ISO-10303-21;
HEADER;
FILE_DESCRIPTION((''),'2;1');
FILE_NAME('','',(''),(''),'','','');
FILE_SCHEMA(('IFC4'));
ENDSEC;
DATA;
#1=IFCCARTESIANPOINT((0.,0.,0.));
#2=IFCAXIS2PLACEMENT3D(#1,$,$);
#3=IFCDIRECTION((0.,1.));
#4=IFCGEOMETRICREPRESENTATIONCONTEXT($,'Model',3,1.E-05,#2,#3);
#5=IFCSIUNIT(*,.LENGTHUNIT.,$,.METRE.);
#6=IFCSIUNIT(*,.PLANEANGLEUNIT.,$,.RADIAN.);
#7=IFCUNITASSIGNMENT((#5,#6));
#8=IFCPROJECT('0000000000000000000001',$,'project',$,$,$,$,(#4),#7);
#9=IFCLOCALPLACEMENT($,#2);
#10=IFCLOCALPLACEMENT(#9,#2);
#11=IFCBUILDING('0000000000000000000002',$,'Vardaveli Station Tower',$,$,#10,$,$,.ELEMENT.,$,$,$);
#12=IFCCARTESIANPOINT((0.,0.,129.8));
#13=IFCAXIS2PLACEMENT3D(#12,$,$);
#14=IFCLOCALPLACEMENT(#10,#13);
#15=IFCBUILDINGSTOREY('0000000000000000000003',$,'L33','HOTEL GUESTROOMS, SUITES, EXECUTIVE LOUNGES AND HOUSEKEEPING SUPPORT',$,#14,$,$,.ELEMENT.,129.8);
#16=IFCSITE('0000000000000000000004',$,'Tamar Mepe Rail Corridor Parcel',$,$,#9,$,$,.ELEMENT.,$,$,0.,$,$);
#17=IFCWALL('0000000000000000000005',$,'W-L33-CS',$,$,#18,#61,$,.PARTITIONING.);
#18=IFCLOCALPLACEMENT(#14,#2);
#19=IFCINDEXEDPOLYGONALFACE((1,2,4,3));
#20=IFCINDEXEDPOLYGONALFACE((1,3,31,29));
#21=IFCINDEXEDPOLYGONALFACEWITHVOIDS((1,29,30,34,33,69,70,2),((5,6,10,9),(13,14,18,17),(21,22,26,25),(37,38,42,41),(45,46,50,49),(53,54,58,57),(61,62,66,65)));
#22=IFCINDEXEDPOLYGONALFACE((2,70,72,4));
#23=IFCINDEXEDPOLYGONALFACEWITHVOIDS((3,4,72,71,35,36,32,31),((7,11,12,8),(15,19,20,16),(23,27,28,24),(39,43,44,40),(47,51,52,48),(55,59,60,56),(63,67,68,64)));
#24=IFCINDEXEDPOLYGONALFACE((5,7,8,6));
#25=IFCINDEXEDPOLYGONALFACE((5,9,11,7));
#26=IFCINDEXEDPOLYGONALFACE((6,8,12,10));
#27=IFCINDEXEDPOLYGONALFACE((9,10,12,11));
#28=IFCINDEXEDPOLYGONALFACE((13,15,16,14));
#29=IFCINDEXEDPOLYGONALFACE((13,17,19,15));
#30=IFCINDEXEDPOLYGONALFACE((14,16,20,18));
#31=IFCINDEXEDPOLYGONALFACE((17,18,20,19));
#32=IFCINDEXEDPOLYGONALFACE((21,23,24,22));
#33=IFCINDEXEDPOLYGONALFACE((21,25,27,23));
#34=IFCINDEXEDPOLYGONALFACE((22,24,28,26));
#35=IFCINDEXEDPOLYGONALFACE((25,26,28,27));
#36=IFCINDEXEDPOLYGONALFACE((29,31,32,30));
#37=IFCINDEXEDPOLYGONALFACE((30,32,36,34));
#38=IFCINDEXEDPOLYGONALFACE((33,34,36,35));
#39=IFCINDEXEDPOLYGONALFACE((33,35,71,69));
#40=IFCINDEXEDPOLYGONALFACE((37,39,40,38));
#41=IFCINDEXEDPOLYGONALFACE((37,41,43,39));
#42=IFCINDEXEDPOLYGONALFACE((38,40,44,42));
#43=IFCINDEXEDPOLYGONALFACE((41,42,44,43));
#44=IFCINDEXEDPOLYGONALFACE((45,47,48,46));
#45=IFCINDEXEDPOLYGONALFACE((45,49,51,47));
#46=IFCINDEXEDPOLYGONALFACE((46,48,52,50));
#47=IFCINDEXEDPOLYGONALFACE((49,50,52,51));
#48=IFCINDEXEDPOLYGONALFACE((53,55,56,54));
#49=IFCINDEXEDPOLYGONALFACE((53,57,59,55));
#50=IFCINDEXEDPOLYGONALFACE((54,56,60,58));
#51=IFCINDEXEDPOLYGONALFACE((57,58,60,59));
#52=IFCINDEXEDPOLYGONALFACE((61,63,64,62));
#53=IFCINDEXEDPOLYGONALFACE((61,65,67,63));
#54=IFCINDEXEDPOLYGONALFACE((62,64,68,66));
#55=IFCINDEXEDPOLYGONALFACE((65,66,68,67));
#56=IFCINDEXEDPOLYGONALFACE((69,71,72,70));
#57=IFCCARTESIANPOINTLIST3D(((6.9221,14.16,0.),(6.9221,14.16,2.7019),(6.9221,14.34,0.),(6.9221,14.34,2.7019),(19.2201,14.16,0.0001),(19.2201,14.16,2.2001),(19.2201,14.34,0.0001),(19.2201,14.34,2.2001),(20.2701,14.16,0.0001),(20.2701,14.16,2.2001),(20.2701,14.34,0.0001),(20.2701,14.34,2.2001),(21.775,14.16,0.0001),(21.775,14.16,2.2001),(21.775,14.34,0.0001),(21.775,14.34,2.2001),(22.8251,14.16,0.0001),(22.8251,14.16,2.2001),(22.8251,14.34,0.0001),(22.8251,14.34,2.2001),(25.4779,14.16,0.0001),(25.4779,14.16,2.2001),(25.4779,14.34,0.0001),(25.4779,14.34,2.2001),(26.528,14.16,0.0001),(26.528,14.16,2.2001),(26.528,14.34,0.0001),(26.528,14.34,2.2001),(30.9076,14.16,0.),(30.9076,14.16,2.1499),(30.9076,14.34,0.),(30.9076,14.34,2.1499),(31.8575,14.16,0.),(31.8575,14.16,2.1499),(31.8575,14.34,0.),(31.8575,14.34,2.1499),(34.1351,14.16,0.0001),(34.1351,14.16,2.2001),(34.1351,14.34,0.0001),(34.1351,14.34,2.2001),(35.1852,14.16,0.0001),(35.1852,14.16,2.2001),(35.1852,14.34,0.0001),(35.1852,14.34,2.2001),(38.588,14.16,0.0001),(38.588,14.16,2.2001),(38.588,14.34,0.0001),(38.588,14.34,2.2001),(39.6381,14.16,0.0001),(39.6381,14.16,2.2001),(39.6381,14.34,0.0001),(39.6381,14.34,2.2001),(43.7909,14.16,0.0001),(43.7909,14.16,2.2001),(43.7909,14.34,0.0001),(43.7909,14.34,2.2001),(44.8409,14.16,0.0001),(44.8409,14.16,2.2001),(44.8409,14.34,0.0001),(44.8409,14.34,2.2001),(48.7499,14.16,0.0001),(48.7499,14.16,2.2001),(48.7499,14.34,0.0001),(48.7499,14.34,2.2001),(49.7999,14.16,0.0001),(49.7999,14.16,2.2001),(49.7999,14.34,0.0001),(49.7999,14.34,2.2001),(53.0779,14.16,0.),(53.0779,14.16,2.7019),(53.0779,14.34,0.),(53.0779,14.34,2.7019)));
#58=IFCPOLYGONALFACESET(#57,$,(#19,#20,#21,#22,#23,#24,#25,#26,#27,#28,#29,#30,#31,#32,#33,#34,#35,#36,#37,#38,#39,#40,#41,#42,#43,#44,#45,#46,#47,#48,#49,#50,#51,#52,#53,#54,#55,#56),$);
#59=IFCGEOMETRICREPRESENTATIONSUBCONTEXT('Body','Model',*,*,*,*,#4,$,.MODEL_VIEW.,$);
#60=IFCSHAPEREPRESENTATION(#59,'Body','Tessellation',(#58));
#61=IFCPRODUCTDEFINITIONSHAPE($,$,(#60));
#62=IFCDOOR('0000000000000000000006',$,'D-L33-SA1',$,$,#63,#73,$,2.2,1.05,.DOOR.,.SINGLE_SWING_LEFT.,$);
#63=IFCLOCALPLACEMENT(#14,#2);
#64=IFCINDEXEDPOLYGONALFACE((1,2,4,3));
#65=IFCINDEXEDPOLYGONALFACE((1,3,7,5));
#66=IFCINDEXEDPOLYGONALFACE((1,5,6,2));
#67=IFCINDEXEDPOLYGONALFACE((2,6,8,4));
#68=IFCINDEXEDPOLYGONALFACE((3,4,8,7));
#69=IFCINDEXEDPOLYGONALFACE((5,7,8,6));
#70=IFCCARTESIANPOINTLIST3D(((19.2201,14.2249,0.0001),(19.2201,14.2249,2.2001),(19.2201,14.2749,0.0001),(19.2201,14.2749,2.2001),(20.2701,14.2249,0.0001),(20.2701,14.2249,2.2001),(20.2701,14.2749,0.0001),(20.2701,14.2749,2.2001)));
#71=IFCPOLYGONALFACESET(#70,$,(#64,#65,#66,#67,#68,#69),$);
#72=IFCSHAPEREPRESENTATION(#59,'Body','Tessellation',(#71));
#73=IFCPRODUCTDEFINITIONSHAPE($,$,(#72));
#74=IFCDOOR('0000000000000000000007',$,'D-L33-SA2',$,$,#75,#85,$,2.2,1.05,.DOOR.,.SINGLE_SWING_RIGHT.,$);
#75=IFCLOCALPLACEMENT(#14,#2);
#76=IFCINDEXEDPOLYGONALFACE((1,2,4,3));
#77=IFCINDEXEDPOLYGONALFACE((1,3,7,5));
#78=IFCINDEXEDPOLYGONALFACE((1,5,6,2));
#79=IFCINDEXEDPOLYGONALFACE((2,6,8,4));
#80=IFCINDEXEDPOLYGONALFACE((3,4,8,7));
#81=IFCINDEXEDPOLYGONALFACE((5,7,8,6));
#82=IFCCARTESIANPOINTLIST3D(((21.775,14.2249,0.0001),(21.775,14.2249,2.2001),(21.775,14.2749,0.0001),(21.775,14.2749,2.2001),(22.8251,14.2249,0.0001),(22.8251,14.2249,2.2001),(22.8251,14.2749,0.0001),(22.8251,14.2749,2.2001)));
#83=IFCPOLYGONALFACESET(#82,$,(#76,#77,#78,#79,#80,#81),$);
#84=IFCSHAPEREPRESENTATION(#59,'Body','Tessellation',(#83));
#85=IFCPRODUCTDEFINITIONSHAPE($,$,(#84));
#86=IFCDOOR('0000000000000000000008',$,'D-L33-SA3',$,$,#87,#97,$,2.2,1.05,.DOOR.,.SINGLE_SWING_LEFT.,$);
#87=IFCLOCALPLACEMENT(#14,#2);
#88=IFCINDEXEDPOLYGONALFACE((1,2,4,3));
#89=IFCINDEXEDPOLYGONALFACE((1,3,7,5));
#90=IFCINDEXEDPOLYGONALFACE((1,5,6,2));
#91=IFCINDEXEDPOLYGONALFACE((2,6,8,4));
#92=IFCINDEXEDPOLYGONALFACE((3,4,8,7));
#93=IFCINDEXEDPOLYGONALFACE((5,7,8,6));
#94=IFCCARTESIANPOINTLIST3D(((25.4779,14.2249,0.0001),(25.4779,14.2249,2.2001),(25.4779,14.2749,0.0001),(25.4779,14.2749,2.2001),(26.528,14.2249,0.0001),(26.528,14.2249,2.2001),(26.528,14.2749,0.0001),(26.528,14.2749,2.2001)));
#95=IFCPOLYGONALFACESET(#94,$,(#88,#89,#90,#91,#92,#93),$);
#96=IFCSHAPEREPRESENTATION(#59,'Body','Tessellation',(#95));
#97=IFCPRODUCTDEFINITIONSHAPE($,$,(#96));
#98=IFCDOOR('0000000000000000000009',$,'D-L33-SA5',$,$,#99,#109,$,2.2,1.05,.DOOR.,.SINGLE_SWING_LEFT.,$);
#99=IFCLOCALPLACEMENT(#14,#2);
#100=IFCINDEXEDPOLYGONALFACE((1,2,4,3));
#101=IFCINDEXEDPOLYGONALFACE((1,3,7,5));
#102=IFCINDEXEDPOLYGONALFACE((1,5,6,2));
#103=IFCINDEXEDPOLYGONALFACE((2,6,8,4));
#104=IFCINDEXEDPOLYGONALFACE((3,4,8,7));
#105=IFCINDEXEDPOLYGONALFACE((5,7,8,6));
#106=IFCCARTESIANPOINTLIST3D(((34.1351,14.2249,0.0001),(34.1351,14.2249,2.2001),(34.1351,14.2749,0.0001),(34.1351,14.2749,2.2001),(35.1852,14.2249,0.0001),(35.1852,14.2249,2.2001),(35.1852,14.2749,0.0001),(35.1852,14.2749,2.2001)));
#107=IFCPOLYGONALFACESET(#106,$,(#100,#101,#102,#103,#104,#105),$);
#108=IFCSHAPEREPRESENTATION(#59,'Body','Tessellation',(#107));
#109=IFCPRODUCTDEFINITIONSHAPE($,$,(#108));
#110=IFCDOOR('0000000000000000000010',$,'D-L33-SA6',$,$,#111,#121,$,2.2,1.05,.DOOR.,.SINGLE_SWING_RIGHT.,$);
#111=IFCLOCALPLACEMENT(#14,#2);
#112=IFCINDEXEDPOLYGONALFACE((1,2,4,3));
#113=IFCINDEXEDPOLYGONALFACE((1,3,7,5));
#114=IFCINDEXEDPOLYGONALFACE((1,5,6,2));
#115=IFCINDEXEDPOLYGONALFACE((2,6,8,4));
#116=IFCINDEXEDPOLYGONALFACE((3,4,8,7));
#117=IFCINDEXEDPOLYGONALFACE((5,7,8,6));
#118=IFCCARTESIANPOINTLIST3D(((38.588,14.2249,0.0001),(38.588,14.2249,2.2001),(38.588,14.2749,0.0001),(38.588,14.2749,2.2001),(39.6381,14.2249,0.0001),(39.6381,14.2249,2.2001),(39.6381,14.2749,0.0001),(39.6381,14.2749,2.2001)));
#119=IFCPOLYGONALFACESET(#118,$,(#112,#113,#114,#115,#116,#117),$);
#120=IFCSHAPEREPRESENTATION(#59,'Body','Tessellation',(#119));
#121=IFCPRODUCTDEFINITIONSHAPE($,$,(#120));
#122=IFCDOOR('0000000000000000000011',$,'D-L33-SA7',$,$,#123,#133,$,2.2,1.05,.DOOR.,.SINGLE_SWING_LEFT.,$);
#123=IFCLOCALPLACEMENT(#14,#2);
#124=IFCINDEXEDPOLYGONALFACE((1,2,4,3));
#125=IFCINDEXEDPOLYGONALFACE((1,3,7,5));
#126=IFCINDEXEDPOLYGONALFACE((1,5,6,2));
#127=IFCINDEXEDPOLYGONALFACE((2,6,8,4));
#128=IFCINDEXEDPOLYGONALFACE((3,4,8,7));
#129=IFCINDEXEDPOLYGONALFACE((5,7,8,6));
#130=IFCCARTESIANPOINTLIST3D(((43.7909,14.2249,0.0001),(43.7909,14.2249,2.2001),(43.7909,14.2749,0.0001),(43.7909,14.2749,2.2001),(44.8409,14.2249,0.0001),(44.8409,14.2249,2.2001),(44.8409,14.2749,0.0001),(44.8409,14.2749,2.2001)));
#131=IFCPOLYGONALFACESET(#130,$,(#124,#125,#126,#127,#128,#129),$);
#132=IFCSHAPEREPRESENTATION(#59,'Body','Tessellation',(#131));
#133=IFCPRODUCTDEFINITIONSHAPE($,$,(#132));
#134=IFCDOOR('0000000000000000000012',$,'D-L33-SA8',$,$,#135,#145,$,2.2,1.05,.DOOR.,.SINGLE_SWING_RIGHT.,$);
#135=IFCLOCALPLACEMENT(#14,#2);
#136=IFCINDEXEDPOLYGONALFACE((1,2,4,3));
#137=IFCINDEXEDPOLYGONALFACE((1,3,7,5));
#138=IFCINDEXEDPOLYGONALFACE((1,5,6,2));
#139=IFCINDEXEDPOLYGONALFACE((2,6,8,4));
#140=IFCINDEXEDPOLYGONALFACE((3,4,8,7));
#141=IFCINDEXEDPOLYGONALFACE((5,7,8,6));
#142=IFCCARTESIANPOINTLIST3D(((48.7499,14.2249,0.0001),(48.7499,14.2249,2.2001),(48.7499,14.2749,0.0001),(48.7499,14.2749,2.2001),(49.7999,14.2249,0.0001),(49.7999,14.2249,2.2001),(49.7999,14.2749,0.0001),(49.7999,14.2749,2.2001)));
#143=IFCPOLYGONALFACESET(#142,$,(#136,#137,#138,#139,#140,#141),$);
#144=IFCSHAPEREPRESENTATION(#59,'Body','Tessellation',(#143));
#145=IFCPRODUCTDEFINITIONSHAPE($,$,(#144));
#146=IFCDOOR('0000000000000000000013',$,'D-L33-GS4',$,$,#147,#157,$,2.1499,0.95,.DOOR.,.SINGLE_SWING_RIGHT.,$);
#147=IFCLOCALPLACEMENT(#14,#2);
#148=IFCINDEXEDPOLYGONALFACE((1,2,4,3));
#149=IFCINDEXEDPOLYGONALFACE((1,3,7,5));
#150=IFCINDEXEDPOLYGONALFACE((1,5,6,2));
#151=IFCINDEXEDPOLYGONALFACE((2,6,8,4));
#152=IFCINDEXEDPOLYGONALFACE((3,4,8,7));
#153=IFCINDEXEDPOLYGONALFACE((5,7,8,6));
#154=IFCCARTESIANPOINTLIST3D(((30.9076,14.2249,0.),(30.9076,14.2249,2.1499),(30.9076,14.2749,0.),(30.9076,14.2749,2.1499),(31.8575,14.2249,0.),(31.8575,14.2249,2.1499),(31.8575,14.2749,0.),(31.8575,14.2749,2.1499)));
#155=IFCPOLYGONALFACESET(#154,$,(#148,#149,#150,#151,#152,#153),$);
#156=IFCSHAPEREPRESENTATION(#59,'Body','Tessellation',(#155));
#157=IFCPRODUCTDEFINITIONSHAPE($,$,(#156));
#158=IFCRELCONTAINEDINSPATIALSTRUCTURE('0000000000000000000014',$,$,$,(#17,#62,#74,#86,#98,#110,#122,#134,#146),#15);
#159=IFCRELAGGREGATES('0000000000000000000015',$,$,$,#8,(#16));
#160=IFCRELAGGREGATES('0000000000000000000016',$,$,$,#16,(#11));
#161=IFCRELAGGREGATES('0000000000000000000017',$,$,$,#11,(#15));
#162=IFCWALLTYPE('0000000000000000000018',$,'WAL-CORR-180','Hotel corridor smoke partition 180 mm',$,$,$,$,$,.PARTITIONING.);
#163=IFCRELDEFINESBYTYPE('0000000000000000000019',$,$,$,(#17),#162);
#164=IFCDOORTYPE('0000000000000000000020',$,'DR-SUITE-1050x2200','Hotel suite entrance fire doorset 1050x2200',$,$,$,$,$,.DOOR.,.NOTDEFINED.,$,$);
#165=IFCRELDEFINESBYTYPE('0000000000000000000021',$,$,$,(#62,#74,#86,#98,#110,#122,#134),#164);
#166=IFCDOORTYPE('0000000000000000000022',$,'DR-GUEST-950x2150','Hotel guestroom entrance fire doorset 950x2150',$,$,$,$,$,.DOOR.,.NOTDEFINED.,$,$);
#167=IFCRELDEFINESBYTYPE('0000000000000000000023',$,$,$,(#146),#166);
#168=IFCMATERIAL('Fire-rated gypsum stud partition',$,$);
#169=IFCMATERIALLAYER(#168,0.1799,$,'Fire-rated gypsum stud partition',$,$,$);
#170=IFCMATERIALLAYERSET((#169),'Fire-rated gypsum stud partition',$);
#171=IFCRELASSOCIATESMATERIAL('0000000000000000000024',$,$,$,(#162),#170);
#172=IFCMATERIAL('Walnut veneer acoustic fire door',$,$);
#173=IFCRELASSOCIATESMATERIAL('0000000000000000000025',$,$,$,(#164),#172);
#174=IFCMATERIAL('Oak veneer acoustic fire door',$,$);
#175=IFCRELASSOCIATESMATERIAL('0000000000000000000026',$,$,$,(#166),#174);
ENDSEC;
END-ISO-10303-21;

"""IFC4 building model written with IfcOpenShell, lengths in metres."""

from ifc_helpers import new_model, si_unit, direction, frame, frame_2d, origin, place, context, subcontext, project, spatial, rectangle, extrude, source, transform, mapped, material, layer, layer_set, type_object, element, fill, save


model = new_model("IFC4")

# Units and contexts
model_context = context("Model", 3, precision=1e-05, world=origin(), true_north=direction((0.0, 1.0)))
body_context = subcontext(model_context, "Body", "Model", "MODEL_VIEW")
ifc_project = project(units=[si_unit("LENGTHUNIT", "METRE"), si_unit("PLANEANGLEUNIT", "RADIAN")], contexts=[model_context])

# Site, building, storey
site_placement = place(None, origin())
site = spatial("IfcSite", under=ifc_project, at=site_placement, Name="Tamar Mepe Rail Corridor Parcel", CompositionType="ELEMENT", RefElevation=0.0)
building_placement = place(site_placement, origin())
building = spatial("IfcBuilding", under=site, at=building_placement, Name="Vardaveli Station Tower", CompositionType="ELEMENT")
storey_placement = place(building_placement, frame((0.0, 0.0, 129.8)))
storey = spatial("IfcBuildingStorey", under=building, at=storey_placement, Name="L33", Description="HOTEL GUESTROOMS, SUITES, EXECUTIVE LOUNGES AND HOUSEKEEPING SUPPORT", CompositionType="ELEMENT", Elevation=129.8)

# Wall, openings, doors
ifc_material_1 = material(Name="Fire-rated gypsum stud partition")
ifc_layer_1 = layer(ifc_material_1, 0.1799, Name="Fire-rated gypsum stud partition")
ifc_layer_set_1 = layer_set([ifc_layer_1], Name="Fire-rated gypsum stud partition")
wall_type_1 = type_object("IfcWallType", Name="WAL-CORR-180", Description="Hotel corridor smoke partition 180 mm", PredefinedType="PARTITIONING", material=ifc_layer_set_1)
shared_shape_1 = source(origin(), body_context, "Body", "SweptSolid", [
    extrude(rectangle(XDim=46.1558, YDim=0.1799, at=frame_2d((23.0779, 0.0))), origin(), (0.0, 0.0, 1.0), 2.7019),
])
wall_1_placement = place(storey_placement, frame((6.9221, 14.25, 0.0), z_axis=(0.0, 0.0, 1.0), x_axis=(1.0, 0.0, 0.0)))
wall_1 = element("IfcWall", 1, at=wall_1_placement, inside=storey, type_object=wall_type_1, Name="W-L33-CS", PredefinedType="PARTITIONING", context=body_context, shape_type="MappedRepresentation", body=[
    mapped(shared_shape_1, transform((0.0, 0.0, 0.0), scale=1.0)),
])
shared_shape_2 = source(origin(), body_context, "Body", "SweptSolid", [
    extrude(rectangle(XDim=1.05, YDim=2.2, at=frame_2d((0.5249, 1.1001))), frame((0.0, 0.1001, 0.0), z_axis=(0.0, -1.0, 0.0), x_axis=(1.0, 0.0, 0.0)), (0.0, 0.0, 1.0), 0.2),
])
opening_1_placement = place(wall_1_placement, frame((12.2981, 0.0, 0.0)))
opening_1 = element("IfcOpeningElement", 2, at=opening_1_placement, cuts=wall_1, PredefinedType="OPENING", context=body_context, shape_type="MappedRepresentation", body=[
    mapped(shared_shape_2, transform((0.0, 0.0, 0.0), scale=1.0)),
])
opening_2_placement = place(wall_1_placement, frame((14.853, 0.0, 0.0)))
opening_2 = element("IfcOpeningElement", 3, at=opening_2_placement, cuts=wall_1, PredefinedType="OPENING", context=body_context, shape_type="MappedRepresentation", body=[
    mapped(shared_shape_2, transform((0.0, 0.0, 0.0), scale=1.0)),
])
opening_3_placement = place(wall_1_placement, frame((18.5559, 0.0, 0.0)))
opening_3 = element("IfcOpeningElement", 4, at=opening_3_placement, cuts=wall_1, PredefinedType="OPENING", context=body_context, shape_type="MappedRepresentation", body=[
    mapped(shared_shape_2, transform((0.0, 0.0, 0.0), scale=1.0)),
])
shared_shape_3 = source(origin(), body_context, "Body", "SweptSolid", [
    extrude(rectangle(XDim=0.95, YDim=2.1499, at=frame_2d((0.4751, 1.075))), frame((0.0, 0.1001, 0.0), z_axis=(0.0, -1.0, 0.0), x_axis=(1.0, 0.0, 0.0)), (0.0, 0.0, 1.0), 0.2),
])
opening_4_placement = place(wall_1_placement, frame((23.9854, 0.0, 0.0)))
opening_4 = element("IfcOpeningElement", 5, at=opening_4_placement, cuts=wall_1, PredefinedType="OPENING", context=body_context, shape_type="MappedRepresentation", body=[
    mapped(shared_shape_3, transform((0.0, 0.0, 0.0), scale=1.0)),
])
opening_5_placement = place(wall_1_placement, frame((27.2131, 0.0, 0.0)))
opening_5 = element("IfcOpeningElement", 6, at=opening_5_placement, cuts=wall_1, PredefinedType="OPENING", context=body_context, shape_type="MappedRepresentation", body=[
    mapped(shared_shape_2, transform((0.0, 0.0, 0.0), scale=1.0)),
])
opening_6_placement = place(wall_1_placement, frame((31.666, 0.0, 0.0)))
opening_6 = element("IfcOpeningElement", 7, at=opening_6_placement, cuts=wall_1, PredefinedType="OPENING", context=body_context, shape_type="MappedRepresentation", body=[
    mapped(shared_shape_2, transform((0.0, 0.0, 0.0), scale=1.0)),
])
opening_7_placement = place(wall_1_placement, frame((36.8689, 0.0, 0.0)))
opening_7 = element("IfcOpeningElement", 8, at=opening_7_placement, cuts=wall_1, PredefinedType="OPENING", context=body_context, shape_type="MappedRepresentation", body=[
    mapped(shared_shape_2, transform((0.0, 0.0, 0.0), scale=1.0)),
])
opening_8_placement = place(wall_1_placement, frame((41.8279, 0.0, 0.0)))
opening_8 = element("IfcOpeningElement", 9, at=opening_8_placement, cuts=wall_1, PredefinedType="OPENING", context=body_context, shape_type="MappedRepresentation", body=[
    mapped(shared_shape_2, transform((0.0, 0.0, 0.0), scale=1.0)),
])
ifc_material_2 = material(Name="Walnut veneer acoustic fire door")
door_type_1 = type_object("IfcDoorType", Name="DR-SUITE-1050x2200", Description="Hotel suite entrance fire doorset 1050x2200", OperationType="NOTDEFINED", PredefinedType="DOOR", material=ifc_material_2)
shared_shape_4 = source(origin(), body_context, "Body", "SweptSolid", [
    extrude(rectangle(XDim=1.05, YDim=2.2, at=frame_2d((0.5249, 1.1001))), frame((0.0, 0.0249, 0.0), z_axis=(0.0, -1.0, 0.0), x_axis=(1.0, 0.0, 0.0)), (0.0, 0.0, 1.0), 0.05),
])
door_1_placement = place(opening_1_placement, origin())
door_1 = element("IfcDoor", 10, at=door_1_placement, inside=storey, type_object=door_type_1, Name="D-L33-SA1", OperationType="SINGLE_SWING_LEFT", OverallHeight=2.2, OverallWidth=1.05, PredefinedType="DOOR", context=body_context, shape_type="MappedRepresentation", body=[
    mapped(shared_shape_4, transform((0.0, 0.0, 0.0), scale=1.0)),
])
fill(opening_1, door_1)
door_2_placement = place(opening_2_placement, origin())
door_2 = element("IfcDoor", 11, at=door_2_placement, inside=storey, type_object=door_type_1, Name="D-L33-SA2", OperationType="SINGLE_SWING_RIGHT", OverallHeight=2.2, OverallWidth=1.05, PredefinedType="DOOR", context=body_context, shape_type="MappedRepresentation", body=[
    mapped(shared_shape_4, transform((0.0, 0.0, 0.0), scale=1.0)),
])
fill(opening_2, door_2)
door_3_placement = place(opening_3_placement, origin())
door_3 = element("IfcDoor", 12, at=door_3_placement, inside=storey, type_object=door_type_1, Name="D-L33-SA3", OperationType="SINGLE_SWING_LEFT", OverallHeight=2.2, OverallWidth=1.05, PredefinedType="DOOR", context=body_context, shape_type="MappedRepresentation", body=[
    mapped(shared_shape_4, transform((0.0, 0.0, 0.0), scale=1.0)),
])
fill(opening_3, door_3)
door_4_placement = place(opening_5_placement, origin())
door_4 = element("IfcDoor", 13, at=door_4_placement, inside=storey, type_object=door_type_1, Name="D-L33-SA5", OperationType="SINGLE_SWING_LEFT", OverallHeight=2.2, OverallWidth=1.05, PredefinedType="DOOR", context=body_context, shape_type="MappedRepresentation", body=[
    mapped(shared_shape_4, transform((0.0, 0.0, 0.0), scale=1.0)),
])
fill(opening_5, door_4)
door_5_placement = place(opening_6_placement, origin())
door_5 = element("IfcDoor", 14, at=door_5_placement, inside=storey, type_object=door_type_1, Name="D-L33-SA6", OperationType="SINGLE_SWING_RIGHT", OverallHeight=2.2, OverallWidth=1.05, PredefinedType="DOOR", context=body_context, shape_type="MappedRepresentation", body=[
    mapped(shared_shape_4, transform((0.0, 0.0, 0.0), scale=1.0)),
])
fill(opening_6, door_5)
door_6_placement = place(opening_7_placement, origin())
door_6 = element("IfcDoor", 15, at=door_6_placement, inside=storey, type_object=door_type_1, Name="D-L33-SA7", OperationType="SINGLE_SWING_LEFT", OverallHeight=2.2, OverallWidth=1.05, PredefinedType="DOOR", context=body_context, shape_type="MappedRepresentation", body=[
    mapped(shared_shape_4, transform((0.0, 0.0, 0.0), scale=1.0)),
])
fill(opening_7, door_6)
door_7_placement = place(opening_8_placement, origin())
door_7 = element("IfcDoor", 16, at=door_7_placement, inside=storey, type_object=door_type_1, Name="D-L33-SA8", OperationType="SINGLE_SWING_RIGHT", OverallHeight=2.2, OverallWidth=1.05, PredefinedType="DOOR", context=body_context, shape_type="MappedRepresentation", body=[
    mapped(shared_shape_4, transform((0.0, 0.0, 0.0), scale=1.0)),
])
fill(opening_8, door_7)
ifc_material_3 = material(Name="Oak veneer acoustic fire door")
door_type_2 = type_object("IfcDoorType", Name="DR-GUEST-950x2150", Description="Hotel guestroom entrance fire doorset 950x2150", OperationType="NOTDEFINED", PredefinedType="DOOR", material=ifc_material_3)
shared_shape_5 = source(origin(), body_context, "Body", "SweptSolid", [
    extrude(rectangle(XDim=0.95, YDim=2.1499, at=frame_2d((0.4751, 1.075))), frame((0.0, 0.0249, 0.0), z_axis=(0.0, -1.0, 0.0), x_axis=(1.0, 0.0, 0.0)), (0.0, 0.0, 1.0), 0.05),
])
door_8_placement = place(opening_4_placement, origin())
door_8 = element("IfcDoor", 17, at=door_8_placement, inside=storey, type_object=door_type_2, Name="D-L33-GS4", OperationType="SINGLE_SWING_RIGHT", OverallHeight=2.1499, OverallWidth=0.95, PredefinedType="DOOR", context=body_context, shape_type="MappedRepresentation", body=[
    mapped(shared_shape_5, transform((0.0, 0.0, 0.0), scale=1.0)),
])
fill(opening_4, door_8)

save(model, "model.ifc")
